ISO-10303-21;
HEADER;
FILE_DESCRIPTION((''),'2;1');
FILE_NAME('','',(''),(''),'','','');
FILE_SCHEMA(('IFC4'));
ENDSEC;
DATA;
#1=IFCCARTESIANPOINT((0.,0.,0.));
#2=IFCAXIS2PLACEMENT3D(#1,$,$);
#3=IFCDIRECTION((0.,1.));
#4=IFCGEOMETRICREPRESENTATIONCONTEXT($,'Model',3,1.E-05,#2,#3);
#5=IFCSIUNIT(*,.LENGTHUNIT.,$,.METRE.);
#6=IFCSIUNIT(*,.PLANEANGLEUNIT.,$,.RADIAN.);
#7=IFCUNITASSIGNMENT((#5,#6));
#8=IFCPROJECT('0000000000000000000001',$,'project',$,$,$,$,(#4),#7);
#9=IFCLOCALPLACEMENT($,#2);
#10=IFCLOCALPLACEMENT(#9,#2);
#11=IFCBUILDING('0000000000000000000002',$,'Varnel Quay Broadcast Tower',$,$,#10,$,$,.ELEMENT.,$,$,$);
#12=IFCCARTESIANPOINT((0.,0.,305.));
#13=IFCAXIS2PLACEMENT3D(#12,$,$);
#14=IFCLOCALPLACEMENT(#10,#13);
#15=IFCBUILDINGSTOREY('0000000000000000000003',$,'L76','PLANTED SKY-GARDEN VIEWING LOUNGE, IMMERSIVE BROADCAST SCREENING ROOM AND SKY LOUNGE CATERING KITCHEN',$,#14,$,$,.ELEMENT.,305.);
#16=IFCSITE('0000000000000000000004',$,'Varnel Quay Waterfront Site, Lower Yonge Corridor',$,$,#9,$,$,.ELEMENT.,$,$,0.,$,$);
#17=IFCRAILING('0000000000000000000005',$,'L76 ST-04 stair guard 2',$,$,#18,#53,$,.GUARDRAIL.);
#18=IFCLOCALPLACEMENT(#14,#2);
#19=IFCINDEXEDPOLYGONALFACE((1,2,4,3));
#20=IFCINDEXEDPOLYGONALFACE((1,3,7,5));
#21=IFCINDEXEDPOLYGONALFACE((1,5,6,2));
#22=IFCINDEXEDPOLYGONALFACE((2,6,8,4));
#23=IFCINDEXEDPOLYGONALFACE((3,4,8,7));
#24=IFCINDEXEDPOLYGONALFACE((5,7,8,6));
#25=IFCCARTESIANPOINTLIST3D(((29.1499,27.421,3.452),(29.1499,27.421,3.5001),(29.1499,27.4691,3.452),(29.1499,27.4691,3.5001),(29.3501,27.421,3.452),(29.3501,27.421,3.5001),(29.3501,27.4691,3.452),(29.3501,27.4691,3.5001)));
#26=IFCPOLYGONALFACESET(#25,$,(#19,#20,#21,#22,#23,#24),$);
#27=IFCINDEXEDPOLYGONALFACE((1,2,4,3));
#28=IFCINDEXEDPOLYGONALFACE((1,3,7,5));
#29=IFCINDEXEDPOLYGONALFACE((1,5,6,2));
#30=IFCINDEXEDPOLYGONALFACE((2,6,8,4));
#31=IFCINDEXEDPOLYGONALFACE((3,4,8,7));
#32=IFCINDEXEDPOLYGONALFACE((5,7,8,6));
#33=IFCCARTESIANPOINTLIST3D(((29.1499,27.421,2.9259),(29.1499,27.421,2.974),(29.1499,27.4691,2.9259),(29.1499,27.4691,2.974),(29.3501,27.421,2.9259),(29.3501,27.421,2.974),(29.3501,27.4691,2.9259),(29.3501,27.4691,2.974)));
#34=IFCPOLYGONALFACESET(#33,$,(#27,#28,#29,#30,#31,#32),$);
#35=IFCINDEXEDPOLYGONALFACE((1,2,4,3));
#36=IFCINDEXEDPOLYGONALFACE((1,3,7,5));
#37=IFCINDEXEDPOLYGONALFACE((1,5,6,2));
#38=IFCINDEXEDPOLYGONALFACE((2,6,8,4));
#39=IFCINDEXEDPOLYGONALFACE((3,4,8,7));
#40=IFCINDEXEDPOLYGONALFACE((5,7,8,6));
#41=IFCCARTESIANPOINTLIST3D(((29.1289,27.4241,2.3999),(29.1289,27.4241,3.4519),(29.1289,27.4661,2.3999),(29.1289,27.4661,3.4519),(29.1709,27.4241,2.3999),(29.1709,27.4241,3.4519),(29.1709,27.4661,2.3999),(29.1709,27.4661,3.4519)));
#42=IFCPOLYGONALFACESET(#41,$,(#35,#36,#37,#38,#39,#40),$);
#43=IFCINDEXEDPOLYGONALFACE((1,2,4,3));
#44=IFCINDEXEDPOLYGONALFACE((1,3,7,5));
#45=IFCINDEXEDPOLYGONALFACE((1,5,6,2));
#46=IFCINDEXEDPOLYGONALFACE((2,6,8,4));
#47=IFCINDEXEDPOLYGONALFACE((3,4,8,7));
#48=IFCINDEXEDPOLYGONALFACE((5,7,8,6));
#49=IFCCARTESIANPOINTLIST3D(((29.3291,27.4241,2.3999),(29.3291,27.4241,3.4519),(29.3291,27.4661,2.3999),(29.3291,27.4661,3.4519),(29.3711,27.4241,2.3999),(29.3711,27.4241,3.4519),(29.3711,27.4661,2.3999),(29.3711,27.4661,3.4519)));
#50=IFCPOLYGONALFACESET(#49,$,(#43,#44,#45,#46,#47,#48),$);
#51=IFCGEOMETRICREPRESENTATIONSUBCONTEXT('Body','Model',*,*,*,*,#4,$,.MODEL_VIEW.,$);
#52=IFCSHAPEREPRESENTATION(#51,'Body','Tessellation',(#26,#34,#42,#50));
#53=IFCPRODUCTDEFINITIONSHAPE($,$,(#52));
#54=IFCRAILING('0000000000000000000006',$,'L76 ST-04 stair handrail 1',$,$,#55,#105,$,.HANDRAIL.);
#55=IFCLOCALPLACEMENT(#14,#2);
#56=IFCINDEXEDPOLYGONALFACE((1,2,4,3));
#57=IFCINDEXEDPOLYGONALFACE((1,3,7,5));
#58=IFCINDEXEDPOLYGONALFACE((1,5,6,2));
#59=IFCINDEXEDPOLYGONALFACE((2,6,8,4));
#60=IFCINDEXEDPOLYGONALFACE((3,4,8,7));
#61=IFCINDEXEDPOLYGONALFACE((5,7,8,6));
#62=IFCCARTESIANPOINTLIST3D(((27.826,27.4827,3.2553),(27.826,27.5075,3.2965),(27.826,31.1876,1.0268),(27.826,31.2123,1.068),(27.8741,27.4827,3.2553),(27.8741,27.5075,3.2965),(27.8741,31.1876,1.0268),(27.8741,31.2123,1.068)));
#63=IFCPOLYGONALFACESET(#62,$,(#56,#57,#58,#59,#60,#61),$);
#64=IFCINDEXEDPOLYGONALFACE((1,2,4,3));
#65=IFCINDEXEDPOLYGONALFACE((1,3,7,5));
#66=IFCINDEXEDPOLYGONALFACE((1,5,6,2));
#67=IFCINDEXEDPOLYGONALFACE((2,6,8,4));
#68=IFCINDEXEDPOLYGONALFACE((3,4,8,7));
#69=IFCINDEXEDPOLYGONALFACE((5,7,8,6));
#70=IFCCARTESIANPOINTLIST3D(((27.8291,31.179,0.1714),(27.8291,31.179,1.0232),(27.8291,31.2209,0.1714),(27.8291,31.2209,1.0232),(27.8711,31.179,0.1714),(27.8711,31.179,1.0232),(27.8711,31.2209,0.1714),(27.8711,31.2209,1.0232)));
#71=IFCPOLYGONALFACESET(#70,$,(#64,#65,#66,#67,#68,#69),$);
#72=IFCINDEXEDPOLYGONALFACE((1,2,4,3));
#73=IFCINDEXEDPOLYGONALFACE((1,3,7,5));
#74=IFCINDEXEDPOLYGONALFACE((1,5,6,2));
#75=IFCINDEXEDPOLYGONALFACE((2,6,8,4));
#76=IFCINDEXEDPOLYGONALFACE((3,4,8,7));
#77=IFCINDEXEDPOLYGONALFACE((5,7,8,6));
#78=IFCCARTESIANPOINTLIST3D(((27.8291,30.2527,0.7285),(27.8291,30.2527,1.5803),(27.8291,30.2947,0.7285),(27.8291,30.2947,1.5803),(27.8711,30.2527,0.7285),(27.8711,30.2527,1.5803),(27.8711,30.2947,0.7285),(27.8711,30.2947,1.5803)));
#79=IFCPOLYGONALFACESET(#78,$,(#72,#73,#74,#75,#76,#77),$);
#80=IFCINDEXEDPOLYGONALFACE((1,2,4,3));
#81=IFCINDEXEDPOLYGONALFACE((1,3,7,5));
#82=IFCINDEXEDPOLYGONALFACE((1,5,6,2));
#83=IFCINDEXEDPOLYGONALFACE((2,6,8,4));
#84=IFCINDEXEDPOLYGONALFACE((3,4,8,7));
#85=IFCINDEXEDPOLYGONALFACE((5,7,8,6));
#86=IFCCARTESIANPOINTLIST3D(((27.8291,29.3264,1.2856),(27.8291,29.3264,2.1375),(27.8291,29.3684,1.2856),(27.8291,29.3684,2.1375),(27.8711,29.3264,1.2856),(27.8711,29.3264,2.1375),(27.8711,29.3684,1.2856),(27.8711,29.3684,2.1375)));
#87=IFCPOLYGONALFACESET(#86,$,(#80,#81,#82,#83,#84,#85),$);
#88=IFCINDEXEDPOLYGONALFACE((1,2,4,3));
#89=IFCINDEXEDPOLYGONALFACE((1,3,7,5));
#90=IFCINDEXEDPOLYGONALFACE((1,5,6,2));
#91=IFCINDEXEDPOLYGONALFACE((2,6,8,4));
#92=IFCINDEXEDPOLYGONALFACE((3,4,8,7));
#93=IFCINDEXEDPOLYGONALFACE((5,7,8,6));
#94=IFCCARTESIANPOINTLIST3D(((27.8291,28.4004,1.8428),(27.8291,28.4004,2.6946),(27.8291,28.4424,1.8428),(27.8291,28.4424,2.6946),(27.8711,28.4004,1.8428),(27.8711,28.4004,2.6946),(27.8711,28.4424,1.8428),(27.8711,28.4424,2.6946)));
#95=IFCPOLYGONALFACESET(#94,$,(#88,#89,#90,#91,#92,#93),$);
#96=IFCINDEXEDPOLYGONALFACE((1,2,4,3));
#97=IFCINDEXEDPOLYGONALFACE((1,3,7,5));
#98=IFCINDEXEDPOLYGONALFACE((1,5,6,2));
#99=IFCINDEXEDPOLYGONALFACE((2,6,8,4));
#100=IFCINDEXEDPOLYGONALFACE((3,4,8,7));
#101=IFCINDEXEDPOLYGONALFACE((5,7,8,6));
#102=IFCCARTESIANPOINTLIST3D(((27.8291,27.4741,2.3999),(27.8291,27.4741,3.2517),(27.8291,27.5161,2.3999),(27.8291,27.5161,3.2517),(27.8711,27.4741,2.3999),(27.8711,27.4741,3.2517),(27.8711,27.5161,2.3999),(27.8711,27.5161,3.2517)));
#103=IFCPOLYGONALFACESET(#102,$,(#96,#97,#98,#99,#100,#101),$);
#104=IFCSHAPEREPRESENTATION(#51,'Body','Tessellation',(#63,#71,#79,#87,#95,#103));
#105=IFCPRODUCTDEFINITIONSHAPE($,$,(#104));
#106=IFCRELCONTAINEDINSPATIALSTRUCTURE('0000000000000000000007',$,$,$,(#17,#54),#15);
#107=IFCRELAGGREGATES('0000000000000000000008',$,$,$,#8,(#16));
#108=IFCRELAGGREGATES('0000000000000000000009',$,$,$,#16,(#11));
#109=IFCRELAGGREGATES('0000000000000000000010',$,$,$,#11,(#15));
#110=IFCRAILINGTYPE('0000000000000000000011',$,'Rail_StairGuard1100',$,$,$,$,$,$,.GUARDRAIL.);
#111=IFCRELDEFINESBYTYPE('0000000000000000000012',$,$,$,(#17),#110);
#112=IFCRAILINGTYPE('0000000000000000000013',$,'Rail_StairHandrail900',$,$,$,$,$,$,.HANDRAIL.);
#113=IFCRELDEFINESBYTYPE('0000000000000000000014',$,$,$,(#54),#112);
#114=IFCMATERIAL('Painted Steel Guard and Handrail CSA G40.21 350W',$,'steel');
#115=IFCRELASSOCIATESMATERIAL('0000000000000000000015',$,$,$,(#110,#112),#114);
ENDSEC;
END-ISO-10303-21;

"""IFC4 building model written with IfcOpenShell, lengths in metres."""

from ifc_helpers import new_model, si_unit, direction, frame, origin, origin_2d, place, context, subcontext, project, spatial, rectangle, extrude, material, type_object, element, save


model = new_model("IFC4")

# Units and contexts
model_context = context("Model", 3, precision=1e-05, world=origin(), true_north=direction((0.0, 1.0)))
body_context = subcontext(model_context, "Body", "Model", "MODEL_VIEW")
ifc_project = project(units=[si_unit("LENGTHUNIT", "METRE"), si_unit("PLANEANGLEUNIT", "RADIAN")], contexts=[model_context])

# Site, building, storey
site_placement = place(None, origin())
site = spatial("IfcSite", under=ifc_project, at=site_placement, Name="Varnel Quay Waterfront Site, Lower Yonge Corridor", CompositionType="ELEMENT", RefElevation=0.0)
building_placement = place(site_placement, origin())
building = spatial("IfcBuilding", under=site, at=building_placement, Name="Varnel Quay Broadcast Tower", CompositionType="ELEMENT")
storey_placement = place(building_placement, frame((0.0, 0.0, 305.0)))
storey = spatial("IfcBuildingStorey", under=building, at=storey_placement, Name="L76", Description="PLANTED SKY-GARDEN VIEWING LOUNGE, IMMERSIVE BROADCAST SCREENING ROOM AND SKY LOUNGE CATERING KITCHEN", CompositionType="ELEMENT", Elevation=305.0)

# Railings
ifc_material_1 = material(Name="Painted Steel Guard and Handrail CSA G40.21 350W", Category="steel")
railing_type_1 = type_object("IfcRailingType", Name="Rail_StairGuard1100", PredefinedType="GUARDRAIL", material=ifc_material_1)
railing_1_placement = place(storey_placement, frame((29.1499, 27.4451, 2.3999)))
element("IfcRailing", 1, at=railing_1_placement, inside=storey, type_object=railing_type_1, Name="L76 ST-04 stair guard 2", PredefinedType="GUARDRAIL", context=body_context, shape_type="SweptSolid", body=[
    extrude(rectangle(XDim=0.0481, YDim=0.0481, at=origin_2d()), frame((0.0, 0.0, 1.0762), z_axis=(1.0, 0.0, 0.0), x_axis=(0.0, 1.0, 0.0)), (0.0, 0.0, 1.0), 0.2002),
    extrude(rectangle(XDim=0.0481, YDim=0.0481, at=origin_2d()), frame((0.0, 0.0, 0.55), z_axis=(1.0, 0.0, 0.0), x_axis=(0.0, 1.0, 0.0)), (0.0, 0.0, 1.0), 0.2002),
    extrude(rectangle(XDim=0.042, YDim=0.042, at=origin_2d()), origin(), (0.0, 0.0, 1.0), 1.052),
    extrude(rectangle(XDim=0.042, YDim=0.042, at=origin_2d()), frame((0.2002, 0.0, 0.0)), (0.0, 0.0, 1.0), 1.052),
])
railing_type_2 = type_object("IfcRailingType", Name="Rail_StairHandrail900", PredefinedType="HANDRAIL", material=ifc_material_1)
railing_2_placement = place(storey_placement, frame((27.8501, 31.2, 0.1714)))
element("IfcRailing", 2, at=railing_2_placement, inside=storey, type_object=railing_type_2, Name="L76 ST-04 stair handrail 1", PredefinedType="HANDRAIL", context=body_context, shape_type="SweptSolid", body=[
    extrude(rectangle(XDim=0.0481, YDim=0.0481, at=origin_2d()), frame((0.0, 0.0, 0.876), z_axis=(0.0, -0.856919, 0.51545), x_axis=(1.0, 0.0, 0.0)), (0.0, 0.0, 1.0), 4.3235),
    extrude(rectangle(XDim=0.042, YDim=0.042, at=origin_2d()), origin(), (0.0, 0.0, 1.0), 0.8518),
    extrude(rectangle(XDim=0.042, YDim=0.042, at=origin_2d()), frame((0.0, -0.9263, 0.5571)), (0.0, 0.0, 1.0), 0.8518),
    extrude(rectangle(XDim=0.042, YDim=0.042, at=origin_2d()), frame((0.0, -1.8525, 1.1143)), (0.0, 0.0, 1.0), 0.8518),
    extrude(rectangle(XDim=0.042, YDim=0.042, at=origin_2d()), frame((0.0, -2.7786, 1.6714)), (0.0, 0.0, 1.0), 0.8518),
    extrude(rectangle(XDim=0.042, YDim=0.042, at=origin_2d()), frame((0.0, -3.7048, 2.2285)), (0.0, 0.0, 1.0), 0.8518),
])

save(model, "model.ifc")
